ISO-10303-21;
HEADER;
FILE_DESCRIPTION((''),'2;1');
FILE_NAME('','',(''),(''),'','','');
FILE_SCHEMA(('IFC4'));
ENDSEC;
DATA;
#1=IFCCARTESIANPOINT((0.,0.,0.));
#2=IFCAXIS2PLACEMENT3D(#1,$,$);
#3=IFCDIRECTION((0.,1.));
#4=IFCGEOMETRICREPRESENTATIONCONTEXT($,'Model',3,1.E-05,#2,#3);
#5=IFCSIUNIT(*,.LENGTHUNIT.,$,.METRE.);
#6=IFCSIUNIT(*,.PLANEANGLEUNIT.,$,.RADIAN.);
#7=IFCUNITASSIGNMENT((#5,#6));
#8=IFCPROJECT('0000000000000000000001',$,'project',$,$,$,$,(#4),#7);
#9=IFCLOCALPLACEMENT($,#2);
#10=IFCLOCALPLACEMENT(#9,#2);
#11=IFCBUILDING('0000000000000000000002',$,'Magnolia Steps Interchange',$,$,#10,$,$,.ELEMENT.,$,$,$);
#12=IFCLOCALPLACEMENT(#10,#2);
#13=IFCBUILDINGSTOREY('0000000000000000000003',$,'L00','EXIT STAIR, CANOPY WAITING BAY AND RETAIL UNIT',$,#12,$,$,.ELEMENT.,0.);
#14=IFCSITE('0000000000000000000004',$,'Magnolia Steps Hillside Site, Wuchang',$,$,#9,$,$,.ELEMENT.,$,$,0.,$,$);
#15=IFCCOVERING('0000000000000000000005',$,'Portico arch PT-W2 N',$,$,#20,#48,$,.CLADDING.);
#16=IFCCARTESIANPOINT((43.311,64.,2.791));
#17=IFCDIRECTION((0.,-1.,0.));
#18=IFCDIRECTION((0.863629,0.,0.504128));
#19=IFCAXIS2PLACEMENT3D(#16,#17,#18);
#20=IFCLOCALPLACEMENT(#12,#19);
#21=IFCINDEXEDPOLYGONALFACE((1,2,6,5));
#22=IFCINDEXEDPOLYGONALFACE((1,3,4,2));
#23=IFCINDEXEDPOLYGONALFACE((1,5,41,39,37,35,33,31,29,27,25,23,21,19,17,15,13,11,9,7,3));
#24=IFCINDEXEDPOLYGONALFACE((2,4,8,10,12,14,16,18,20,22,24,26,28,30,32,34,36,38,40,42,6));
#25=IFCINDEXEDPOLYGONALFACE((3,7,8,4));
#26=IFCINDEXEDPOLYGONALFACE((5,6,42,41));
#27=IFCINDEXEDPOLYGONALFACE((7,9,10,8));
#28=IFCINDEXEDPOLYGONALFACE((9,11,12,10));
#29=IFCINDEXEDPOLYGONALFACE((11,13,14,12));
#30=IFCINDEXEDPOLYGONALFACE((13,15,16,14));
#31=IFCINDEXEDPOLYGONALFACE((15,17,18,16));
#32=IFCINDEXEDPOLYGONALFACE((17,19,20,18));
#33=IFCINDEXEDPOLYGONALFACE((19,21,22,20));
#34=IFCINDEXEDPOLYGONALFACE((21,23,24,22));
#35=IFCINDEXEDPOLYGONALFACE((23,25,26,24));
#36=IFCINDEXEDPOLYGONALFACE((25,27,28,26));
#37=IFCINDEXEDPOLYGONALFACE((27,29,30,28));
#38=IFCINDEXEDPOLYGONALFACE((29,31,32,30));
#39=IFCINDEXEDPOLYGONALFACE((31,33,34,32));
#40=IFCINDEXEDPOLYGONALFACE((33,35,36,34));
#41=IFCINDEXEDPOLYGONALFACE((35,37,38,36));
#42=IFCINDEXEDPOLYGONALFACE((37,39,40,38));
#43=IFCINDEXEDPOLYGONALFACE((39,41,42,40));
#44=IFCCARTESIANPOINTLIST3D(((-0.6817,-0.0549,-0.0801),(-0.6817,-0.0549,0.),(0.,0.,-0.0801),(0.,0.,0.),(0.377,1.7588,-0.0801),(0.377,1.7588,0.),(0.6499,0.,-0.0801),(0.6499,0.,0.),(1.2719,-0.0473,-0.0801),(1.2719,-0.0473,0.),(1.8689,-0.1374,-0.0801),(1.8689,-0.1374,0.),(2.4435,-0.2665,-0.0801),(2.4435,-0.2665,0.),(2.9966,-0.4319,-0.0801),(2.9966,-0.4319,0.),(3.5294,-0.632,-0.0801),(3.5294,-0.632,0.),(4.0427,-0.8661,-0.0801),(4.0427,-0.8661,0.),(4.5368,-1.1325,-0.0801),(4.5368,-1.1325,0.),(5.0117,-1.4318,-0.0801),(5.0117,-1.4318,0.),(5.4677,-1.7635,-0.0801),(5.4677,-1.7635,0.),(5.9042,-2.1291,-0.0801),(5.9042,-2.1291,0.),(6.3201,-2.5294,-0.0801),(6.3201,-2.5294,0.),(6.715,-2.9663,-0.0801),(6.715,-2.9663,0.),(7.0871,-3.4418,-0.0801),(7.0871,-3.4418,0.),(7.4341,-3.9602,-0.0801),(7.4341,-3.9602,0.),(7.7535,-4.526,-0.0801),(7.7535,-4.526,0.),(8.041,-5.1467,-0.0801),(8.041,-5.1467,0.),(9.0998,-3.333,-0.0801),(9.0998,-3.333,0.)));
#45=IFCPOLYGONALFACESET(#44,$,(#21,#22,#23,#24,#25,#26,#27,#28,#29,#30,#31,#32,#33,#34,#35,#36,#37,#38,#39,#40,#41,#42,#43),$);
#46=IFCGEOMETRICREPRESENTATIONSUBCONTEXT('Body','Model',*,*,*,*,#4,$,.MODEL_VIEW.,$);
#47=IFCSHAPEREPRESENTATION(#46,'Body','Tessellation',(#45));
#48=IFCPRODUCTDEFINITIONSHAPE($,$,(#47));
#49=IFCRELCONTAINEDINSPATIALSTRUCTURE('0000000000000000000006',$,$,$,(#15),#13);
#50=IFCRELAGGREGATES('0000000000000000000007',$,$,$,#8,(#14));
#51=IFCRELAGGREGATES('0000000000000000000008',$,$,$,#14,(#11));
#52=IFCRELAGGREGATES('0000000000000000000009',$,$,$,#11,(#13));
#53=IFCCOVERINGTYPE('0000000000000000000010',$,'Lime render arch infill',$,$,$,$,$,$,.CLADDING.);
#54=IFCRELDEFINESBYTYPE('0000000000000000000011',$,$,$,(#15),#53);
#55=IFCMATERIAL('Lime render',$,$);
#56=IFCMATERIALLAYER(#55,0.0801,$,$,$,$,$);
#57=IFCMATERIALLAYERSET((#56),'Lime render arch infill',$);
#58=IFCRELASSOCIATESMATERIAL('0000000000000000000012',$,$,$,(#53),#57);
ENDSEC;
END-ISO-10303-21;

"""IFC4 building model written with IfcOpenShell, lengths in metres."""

from ifc_helpers import new_model, si_unit, direction, frame, origin, place, context, subcontext, project, spatial, polyline, outline, extrude, material, layer, layer_set, type_object, element, save


model = new_model("IFC4")

# Units and contexts
model_context = context("Model", 3, precision=1e-05, world=origin(), true_north=direction((0.0, 1.0)))
body_context = subcontext(model_context, "Body", "Model", "MODEL_VIEW")
ifc_project = project(units=[si_unit("LENGTHUNIT", "METRE"), si_unit("PLANEANGLEUNIT", "RADIAN")], contexts=[model_context])

# Site, building, storey
site_placement = place(None, origin())
site = spatial("IfcSite", under=ifc_project, at=site_placement, Name="Magnolia Steps Hillside Site, Wuchang", CompositionType="ELEMENT", RefElevation=0.0)
building_placement = place(site_placement, origin())
building = spatial("IfcBuilding", under=site, at=building_placement, Name="Magnolia Steps Interchange", CompositionType="ELEMENT")
storey_placement = place(building_placement, origin())
storey = spatial("IfcBuildingStorey", under=building, at=storey_placement, Name="L00", Description="EXIT STAIR, CANOPY WAITING BAY AND RETAIL UNIT", CompositionType="ELEMENT", Elevation=0.0)

# Covering
ifc_material_1 = material(Name="Lime render")
ifc_layer_1 = layer(ifc_material_1, 0.0801)
ifc_layer_set_1 = layer_set([ifc_layer_1], Name="Lime render arch infill")
covering_type_1 = type_object("IfcCoveringType", Name="Lime render arch infill", PredefinedType="CLADDING", material=ifc_layer_set_1)
covering_1_placement = place(storey_placement, frame((43.311, 64.0, 2.791), z_axis=(0.0, -1.0, 0.0), x_axis=(0.863629, 0.0, 0.504128)))
element("IfcCovering", 1, at=covering_1_placement, inside=storey, type_object=covering_type_1, Name="Portico arch PT-W2 N", PredefinedType="CLADDING", context=body_context, shape_type="SweptSolid", body=[
    extrude(outline(polyline([(0.0, 0.0), (0.6499, 0.0), (1.2719, -0.0473), (1.8689, -0.1374), (2.4435, -0.2665), (2.9966, -0.4319), (3.5294, -0.632), (4.0427, -0.8661), (4.5368, -1.1325), (5.0117, -1.4318), (5.4677, -1.7635), (5.9042, -2.1291), (6.3201, -2.5294), (6.715, -2.9663), (7.0871, -3.4418), (7.4341, -3.9602), (7.7535, -4.526), (8.041, -5.1467), (9.0998, -3.333), (0.377, 1.7588), (-0.6817, -0.0549), (0.0, 0.0)])), origin(), (0.0, 0.0, -1.0), 0.0801),
])

save(model, "model.ifc")
